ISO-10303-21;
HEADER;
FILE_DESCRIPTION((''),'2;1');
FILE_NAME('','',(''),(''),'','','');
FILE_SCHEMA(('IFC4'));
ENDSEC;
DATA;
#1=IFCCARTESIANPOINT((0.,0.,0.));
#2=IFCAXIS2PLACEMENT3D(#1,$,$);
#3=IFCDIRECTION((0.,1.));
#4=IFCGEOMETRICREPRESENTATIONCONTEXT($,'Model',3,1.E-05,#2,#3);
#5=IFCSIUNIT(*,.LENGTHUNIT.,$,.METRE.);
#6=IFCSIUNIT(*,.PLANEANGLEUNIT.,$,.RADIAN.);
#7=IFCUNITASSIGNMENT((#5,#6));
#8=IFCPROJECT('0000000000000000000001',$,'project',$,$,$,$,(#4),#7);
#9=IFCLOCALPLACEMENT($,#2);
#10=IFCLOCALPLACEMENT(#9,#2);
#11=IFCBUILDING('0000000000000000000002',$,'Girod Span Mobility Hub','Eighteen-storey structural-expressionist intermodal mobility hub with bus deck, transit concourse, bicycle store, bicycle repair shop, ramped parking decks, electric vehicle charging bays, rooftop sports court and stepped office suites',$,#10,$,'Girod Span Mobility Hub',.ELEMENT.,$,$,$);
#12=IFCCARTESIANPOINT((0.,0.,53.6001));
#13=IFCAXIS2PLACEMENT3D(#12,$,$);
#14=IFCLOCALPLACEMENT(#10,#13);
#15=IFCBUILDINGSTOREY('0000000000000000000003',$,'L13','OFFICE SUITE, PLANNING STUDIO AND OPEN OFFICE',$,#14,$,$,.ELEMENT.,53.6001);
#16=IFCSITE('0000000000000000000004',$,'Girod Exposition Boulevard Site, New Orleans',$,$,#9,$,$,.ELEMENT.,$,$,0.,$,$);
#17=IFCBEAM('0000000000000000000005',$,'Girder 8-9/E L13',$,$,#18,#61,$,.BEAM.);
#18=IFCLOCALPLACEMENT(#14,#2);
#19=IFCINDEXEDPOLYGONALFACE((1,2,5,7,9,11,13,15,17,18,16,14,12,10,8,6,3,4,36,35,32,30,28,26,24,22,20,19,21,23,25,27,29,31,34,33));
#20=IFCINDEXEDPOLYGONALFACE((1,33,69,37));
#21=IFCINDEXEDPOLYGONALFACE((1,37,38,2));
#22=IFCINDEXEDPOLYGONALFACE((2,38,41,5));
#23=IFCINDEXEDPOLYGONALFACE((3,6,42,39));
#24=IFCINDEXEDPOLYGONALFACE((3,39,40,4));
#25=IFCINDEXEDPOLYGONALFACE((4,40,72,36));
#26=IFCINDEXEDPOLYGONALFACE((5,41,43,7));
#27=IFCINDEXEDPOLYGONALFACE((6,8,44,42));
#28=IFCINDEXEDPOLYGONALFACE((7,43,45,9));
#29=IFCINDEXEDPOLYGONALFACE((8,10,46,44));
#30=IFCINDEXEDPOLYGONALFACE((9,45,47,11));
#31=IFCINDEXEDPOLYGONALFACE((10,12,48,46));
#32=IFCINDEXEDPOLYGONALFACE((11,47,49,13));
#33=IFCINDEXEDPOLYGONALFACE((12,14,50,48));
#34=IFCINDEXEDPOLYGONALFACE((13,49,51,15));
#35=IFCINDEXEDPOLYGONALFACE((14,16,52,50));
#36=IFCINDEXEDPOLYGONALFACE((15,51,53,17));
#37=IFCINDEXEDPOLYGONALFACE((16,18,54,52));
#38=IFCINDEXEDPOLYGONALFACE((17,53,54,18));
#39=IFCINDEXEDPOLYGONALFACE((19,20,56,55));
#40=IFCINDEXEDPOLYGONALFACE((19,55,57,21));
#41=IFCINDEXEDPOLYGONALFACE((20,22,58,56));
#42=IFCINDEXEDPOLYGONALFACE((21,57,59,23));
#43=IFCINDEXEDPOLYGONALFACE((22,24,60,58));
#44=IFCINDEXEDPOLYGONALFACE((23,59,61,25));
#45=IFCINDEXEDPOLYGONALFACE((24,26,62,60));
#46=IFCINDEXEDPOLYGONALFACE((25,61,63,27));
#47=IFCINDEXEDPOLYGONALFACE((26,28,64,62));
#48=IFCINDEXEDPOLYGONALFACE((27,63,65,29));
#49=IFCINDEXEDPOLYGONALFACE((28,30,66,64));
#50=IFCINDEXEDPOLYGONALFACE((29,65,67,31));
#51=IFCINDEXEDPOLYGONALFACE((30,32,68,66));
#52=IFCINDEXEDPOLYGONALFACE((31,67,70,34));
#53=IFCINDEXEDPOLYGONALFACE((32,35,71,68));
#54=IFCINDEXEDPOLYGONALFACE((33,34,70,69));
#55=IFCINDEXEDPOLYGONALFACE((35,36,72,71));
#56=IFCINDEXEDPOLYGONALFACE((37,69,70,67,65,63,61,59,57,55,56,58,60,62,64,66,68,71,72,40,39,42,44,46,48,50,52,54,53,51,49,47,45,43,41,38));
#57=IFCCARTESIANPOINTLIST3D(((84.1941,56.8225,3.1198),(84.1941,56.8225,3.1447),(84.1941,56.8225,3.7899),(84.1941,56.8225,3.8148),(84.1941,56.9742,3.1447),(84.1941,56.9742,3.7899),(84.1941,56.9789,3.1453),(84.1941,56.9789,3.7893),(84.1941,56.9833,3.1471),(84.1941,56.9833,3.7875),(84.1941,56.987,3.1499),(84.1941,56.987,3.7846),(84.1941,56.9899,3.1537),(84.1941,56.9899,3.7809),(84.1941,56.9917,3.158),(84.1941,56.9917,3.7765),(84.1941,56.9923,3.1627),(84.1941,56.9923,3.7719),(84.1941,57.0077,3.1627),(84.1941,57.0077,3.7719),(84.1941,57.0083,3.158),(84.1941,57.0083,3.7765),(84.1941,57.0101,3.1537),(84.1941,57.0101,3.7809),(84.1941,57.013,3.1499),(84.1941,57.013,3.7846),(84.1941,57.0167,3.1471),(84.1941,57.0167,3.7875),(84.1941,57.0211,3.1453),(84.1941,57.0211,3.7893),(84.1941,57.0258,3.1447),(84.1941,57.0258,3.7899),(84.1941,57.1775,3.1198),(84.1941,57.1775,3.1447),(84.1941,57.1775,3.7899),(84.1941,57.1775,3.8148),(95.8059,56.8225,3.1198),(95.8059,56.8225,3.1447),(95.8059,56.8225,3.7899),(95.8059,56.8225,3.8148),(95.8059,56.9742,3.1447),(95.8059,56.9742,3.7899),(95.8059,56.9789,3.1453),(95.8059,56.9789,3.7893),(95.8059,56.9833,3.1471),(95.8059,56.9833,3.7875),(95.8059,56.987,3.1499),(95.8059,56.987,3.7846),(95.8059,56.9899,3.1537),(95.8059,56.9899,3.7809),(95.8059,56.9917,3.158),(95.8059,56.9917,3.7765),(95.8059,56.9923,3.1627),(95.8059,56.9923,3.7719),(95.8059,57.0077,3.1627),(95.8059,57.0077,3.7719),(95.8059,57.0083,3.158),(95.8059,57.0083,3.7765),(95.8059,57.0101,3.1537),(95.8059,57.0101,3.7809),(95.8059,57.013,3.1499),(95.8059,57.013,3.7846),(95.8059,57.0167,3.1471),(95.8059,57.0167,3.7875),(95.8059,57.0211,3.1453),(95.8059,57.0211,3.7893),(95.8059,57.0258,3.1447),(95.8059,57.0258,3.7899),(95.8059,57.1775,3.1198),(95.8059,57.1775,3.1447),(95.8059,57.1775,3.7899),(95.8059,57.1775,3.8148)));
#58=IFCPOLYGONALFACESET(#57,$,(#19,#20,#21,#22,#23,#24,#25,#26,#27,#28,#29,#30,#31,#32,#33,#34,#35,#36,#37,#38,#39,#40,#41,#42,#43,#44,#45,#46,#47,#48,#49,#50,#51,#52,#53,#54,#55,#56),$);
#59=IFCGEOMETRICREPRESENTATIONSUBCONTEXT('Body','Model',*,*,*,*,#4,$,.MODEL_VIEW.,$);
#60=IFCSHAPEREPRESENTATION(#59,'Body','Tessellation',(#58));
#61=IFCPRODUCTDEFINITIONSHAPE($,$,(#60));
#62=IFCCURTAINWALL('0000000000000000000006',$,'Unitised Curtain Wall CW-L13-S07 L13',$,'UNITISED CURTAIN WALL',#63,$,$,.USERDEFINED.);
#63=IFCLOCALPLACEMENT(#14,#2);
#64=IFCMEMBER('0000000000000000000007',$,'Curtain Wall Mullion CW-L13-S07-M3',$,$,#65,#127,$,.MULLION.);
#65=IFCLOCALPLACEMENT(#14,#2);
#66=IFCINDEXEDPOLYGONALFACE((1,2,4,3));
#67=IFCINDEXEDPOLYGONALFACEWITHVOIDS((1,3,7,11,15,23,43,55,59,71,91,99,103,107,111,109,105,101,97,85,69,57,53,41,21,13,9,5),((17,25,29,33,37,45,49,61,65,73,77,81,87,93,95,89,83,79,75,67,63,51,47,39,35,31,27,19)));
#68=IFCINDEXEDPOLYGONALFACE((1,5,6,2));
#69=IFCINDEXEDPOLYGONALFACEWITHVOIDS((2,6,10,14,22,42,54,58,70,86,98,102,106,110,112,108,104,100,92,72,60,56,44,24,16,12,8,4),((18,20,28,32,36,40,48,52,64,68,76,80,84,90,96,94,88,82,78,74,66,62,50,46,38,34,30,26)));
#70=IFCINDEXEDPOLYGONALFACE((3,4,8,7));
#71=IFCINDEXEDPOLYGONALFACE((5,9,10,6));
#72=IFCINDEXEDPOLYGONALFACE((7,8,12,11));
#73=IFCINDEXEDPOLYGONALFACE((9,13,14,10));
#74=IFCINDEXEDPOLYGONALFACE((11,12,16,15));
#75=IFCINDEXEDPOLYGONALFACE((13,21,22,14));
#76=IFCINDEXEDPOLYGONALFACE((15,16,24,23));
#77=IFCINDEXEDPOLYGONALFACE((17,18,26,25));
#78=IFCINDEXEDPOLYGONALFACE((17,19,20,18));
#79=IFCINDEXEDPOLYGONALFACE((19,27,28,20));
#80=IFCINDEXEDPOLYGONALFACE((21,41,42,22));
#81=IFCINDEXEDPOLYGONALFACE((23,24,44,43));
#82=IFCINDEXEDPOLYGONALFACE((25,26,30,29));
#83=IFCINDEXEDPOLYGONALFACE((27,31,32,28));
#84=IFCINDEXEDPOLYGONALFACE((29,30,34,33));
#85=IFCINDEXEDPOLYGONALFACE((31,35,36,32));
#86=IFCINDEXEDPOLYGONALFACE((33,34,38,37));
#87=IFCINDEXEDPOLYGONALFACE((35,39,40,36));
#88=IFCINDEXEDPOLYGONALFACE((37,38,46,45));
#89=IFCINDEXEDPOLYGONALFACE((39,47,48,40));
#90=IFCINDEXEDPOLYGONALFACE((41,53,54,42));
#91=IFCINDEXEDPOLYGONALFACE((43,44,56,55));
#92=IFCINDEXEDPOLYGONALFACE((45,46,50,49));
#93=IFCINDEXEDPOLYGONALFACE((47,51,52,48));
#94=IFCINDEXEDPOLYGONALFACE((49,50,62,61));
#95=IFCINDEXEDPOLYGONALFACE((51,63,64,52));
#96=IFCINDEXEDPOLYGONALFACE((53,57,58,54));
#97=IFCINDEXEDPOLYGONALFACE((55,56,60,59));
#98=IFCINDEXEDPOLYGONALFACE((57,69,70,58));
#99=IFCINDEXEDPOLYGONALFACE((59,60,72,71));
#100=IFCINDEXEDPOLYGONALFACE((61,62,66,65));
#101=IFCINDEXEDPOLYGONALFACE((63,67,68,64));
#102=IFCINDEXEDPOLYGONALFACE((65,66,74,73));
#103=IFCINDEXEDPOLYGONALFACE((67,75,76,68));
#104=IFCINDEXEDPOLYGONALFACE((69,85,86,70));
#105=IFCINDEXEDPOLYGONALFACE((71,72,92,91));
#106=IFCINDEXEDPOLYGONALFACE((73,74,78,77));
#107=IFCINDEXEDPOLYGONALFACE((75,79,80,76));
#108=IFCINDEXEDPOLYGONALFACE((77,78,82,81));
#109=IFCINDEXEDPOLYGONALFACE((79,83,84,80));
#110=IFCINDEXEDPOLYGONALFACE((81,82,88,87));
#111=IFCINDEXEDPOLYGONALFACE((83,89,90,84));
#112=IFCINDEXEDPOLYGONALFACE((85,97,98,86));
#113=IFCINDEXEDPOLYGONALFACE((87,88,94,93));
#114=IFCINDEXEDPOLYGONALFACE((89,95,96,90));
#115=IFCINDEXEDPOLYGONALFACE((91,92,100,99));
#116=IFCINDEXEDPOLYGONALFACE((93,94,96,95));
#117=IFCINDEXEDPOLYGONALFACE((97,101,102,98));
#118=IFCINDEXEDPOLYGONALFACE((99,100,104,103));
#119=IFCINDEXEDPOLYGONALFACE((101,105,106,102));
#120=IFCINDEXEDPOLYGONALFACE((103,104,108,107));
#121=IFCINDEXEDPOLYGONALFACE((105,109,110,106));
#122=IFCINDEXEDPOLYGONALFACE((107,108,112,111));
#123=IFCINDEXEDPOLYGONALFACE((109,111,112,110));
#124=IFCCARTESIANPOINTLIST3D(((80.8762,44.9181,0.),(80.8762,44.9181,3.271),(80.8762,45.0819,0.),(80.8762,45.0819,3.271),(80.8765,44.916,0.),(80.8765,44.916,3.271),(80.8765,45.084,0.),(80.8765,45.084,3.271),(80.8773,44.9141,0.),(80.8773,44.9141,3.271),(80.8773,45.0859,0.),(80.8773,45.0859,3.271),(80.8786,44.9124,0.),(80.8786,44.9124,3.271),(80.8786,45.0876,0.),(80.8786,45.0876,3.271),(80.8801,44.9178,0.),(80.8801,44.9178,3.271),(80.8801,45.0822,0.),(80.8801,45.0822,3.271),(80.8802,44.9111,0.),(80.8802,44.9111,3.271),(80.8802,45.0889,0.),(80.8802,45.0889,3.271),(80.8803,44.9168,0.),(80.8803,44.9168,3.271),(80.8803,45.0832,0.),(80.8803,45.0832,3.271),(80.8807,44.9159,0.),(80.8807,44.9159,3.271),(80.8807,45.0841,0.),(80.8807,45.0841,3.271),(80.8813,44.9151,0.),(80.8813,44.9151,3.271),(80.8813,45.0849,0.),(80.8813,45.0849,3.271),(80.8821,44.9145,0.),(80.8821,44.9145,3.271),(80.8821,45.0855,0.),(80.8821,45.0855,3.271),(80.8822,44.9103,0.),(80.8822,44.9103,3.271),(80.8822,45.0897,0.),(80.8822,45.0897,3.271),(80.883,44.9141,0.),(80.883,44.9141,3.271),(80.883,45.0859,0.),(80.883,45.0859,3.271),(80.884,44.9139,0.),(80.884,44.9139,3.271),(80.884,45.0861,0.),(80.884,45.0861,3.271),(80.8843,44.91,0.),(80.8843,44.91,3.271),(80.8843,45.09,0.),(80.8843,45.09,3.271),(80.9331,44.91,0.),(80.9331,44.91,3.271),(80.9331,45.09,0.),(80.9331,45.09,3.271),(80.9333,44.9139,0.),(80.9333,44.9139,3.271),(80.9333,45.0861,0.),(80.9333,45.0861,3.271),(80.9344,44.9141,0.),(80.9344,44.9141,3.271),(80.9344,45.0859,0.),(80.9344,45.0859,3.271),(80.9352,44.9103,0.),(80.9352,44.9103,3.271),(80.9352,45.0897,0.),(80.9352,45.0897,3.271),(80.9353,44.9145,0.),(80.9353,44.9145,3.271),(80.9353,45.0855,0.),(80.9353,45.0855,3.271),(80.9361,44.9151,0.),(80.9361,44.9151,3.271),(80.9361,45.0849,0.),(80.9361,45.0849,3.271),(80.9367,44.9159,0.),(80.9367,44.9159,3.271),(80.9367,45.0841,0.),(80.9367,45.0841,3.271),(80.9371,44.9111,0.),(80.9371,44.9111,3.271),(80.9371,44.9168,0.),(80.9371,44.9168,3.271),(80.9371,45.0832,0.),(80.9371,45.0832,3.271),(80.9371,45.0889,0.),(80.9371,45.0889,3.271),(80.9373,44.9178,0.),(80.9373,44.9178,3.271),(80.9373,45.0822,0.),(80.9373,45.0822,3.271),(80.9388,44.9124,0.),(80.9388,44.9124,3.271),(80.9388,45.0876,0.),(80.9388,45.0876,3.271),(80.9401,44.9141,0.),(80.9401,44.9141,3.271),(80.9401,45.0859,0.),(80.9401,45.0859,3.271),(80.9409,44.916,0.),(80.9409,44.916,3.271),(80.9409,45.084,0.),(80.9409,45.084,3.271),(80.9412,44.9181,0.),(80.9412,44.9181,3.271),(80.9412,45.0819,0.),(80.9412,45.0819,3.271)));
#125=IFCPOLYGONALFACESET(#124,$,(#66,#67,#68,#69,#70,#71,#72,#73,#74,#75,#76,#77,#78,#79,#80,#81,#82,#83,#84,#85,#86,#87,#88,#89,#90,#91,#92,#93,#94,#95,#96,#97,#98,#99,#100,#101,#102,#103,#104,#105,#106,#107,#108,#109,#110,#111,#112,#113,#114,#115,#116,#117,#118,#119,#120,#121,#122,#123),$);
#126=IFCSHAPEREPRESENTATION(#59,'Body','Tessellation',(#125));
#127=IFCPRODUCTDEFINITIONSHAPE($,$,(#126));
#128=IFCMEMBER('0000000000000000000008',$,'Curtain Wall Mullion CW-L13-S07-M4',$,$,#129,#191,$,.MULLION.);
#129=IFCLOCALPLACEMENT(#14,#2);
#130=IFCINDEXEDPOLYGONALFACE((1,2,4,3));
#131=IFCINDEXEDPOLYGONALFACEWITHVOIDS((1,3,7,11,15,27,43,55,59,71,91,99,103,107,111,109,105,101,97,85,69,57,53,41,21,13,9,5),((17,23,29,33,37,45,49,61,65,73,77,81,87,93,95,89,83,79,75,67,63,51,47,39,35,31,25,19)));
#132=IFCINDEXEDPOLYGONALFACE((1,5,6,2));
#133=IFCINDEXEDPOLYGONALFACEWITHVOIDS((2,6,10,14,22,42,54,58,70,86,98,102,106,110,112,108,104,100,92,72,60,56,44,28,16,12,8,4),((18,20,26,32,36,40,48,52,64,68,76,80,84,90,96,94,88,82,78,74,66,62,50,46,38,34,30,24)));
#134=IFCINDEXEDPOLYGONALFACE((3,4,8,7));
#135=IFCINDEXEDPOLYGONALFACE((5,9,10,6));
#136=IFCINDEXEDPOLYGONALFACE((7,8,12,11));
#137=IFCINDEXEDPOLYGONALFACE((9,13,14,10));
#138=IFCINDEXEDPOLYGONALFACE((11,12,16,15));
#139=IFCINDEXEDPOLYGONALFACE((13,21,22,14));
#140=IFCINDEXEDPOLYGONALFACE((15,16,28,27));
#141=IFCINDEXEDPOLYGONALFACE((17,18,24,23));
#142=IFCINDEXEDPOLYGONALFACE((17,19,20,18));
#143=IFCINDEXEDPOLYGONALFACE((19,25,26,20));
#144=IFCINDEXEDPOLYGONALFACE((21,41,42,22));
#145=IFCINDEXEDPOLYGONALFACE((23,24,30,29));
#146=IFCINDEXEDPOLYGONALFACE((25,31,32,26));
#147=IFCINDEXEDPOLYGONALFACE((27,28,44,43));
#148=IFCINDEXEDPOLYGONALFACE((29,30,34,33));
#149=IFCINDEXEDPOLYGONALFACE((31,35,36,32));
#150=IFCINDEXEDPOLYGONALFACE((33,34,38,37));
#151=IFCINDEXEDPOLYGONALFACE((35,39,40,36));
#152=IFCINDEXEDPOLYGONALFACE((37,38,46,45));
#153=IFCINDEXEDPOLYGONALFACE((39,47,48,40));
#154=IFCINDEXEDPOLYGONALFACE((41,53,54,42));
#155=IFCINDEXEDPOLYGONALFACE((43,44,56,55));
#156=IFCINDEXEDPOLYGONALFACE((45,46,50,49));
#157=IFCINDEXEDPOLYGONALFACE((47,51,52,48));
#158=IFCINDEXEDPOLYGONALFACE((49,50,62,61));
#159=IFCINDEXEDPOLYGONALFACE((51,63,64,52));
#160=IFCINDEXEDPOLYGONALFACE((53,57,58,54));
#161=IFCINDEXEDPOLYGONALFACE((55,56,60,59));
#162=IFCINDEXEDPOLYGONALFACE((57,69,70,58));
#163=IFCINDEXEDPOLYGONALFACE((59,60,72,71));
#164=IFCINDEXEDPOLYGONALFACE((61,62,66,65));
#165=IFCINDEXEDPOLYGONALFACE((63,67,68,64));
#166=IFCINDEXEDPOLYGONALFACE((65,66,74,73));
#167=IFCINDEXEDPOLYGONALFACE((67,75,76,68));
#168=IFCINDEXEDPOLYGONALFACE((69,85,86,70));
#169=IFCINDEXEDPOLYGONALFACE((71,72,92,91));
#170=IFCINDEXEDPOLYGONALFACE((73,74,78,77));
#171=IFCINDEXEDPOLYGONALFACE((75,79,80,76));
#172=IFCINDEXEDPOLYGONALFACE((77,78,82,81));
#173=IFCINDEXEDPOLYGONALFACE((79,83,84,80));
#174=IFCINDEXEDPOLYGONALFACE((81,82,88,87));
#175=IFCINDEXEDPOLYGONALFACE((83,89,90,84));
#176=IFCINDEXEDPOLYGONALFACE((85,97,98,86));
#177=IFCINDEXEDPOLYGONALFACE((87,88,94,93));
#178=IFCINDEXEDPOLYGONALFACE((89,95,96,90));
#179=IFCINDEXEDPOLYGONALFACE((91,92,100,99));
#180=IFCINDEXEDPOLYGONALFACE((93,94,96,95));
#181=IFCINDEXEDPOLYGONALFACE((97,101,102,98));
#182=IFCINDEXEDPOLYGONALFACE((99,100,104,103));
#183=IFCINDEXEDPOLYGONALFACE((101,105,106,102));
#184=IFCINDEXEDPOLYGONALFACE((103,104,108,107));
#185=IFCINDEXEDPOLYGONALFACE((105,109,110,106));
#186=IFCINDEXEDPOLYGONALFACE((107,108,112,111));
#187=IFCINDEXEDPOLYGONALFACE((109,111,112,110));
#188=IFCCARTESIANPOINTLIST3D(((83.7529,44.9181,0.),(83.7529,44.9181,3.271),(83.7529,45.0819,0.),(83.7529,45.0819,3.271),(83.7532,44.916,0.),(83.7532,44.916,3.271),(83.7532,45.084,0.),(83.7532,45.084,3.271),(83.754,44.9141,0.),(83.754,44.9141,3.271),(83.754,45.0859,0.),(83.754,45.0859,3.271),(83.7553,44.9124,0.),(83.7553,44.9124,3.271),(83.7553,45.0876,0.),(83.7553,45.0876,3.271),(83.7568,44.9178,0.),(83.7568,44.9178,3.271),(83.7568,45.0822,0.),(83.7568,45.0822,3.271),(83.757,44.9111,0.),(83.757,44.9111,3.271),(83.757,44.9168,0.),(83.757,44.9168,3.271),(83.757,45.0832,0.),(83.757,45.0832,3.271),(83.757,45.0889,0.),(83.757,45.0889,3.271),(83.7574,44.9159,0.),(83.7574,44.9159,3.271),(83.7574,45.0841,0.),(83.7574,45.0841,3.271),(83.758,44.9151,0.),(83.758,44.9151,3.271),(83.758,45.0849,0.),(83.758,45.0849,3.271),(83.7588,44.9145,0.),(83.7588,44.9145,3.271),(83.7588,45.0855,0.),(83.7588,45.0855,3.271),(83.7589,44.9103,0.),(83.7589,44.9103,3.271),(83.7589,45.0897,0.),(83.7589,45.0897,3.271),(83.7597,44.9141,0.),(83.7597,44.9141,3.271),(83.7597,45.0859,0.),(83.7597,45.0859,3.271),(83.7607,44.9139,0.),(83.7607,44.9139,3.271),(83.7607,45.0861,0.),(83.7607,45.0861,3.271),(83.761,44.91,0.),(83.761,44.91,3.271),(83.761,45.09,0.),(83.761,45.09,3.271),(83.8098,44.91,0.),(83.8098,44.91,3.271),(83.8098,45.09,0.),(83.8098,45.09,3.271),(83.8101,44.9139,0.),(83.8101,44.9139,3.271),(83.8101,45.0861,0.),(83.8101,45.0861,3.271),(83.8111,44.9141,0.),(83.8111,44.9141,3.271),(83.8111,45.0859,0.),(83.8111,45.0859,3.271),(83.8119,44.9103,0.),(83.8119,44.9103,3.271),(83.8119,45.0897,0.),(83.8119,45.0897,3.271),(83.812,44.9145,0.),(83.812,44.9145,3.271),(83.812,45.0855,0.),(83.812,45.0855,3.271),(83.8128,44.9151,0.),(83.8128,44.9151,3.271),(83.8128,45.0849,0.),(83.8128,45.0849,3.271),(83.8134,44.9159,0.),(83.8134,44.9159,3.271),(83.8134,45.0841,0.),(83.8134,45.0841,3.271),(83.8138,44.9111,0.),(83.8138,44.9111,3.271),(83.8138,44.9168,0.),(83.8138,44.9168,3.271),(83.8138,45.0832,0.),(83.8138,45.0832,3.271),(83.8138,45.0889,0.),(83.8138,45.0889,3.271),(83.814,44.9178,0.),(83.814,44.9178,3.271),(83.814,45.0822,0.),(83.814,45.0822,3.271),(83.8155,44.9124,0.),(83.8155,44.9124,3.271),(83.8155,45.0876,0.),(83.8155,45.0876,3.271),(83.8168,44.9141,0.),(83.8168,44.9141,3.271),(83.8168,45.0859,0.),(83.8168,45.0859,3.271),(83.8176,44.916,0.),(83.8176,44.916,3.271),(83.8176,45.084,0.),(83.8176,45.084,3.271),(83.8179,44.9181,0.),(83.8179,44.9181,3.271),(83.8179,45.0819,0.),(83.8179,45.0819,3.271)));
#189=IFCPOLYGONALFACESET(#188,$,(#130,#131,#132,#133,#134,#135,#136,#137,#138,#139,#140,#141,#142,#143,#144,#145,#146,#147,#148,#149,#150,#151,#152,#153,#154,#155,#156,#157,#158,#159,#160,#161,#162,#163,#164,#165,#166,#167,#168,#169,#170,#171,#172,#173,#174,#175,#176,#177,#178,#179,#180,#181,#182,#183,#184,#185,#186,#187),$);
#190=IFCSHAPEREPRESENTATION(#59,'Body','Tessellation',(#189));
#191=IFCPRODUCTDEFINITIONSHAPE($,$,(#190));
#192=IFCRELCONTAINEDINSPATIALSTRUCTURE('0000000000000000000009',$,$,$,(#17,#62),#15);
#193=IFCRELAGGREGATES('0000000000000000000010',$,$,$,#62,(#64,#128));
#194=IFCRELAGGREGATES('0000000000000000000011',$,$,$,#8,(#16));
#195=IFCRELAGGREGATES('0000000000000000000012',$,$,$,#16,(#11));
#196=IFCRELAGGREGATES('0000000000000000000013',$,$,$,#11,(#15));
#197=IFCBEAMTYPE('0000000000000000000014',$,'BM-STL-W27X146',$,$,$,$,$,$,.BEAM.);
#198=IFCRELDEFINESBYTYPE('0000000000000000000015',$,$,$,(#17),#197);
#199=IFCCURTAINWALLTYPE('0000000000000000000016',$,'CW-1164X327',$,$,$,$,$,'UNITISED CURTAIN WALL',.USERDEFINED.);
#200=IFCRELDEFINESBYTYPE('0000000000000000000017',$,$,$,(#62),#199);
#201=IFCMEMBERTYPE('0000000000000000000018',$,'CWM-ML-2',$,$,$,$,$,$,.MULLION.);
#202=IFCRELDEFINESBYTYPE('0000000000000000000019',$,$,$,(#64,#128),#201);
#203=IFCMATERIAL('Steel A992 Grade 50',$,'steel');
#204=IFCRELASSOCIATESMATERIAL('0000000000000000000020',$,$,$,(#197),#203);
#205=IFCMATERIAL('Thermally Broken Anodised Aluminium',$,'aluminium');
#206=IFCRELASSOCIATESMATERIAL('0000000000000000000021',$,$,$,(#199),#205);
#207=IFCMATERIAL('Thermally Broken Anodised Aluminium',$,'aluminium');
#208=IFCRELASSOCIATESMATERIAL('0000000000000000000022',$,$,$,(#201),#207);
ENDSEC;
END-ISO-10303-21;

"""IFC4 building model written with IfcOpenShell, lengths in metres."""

from ifc_helpers import new_model, si_unit, direction, frame, origin, origin_2d, place, context, subcontext, project, spatial, hollow_rectangle, i_section, extrude, material, material_profile, profile_set, type_object, element, aggregate, save


model = new_model("IFC4")

# Units and contexts
model_context = context("Model", 3, precision=1e-05, world=origin(), true_north=direction((0.0, 1.0)))
body_context = subcontext(model_context, "Body", "Model", "MODEL_VIEW")
ifc_project = project(units=[si_unit("LENGTHUNIT", "METRE"), si_unit("PLANEANGLEUNIT", "RADIAN")], contexts=[model_context])

# Site, building, storey
site_placement = place(None, origin())
site = spatial("IfcSite", under=ifc_project, at=site_placement, Name="Girod Exposition Boulevard Site, New Orleans", CompositionType="ELEMENT", RefElevation=0.0)
building_placement = place(site_placement, origin())
building = spatial("IfcBuilding", under=site, at=building_placement, Name="Girod Span Mobility Hub", Description="Eighteen-storey structural-expressionist intermodal mobility hub with bus deck, transit concourse, bicycle store, bicycle repair shop, ramped parking decks, electric vehicle charging bays, rooftop sports court and stepped office suites", LongName="Girod Span Mobility Hub", CompositionType="ELEMENT")
storey_placement = place(building_placement, frame((0.0, 0.0, 53.6001)))
storey = spatial("IfcBuildingStorey", under=building, at=storey_placement, Name="L13", Description="OFFICE SUITE, PLANNING STUDIO AND OPEN OFFICE", CompositionType="ELEMENT", Elevation=53.6001)

# Beam
ifc_material_1 = material(Name="Steel A992 Grade 50", Category="steel")
ifc_material_profile_1 = material_profile(ifc_material_1, i_section(OverallWidth=0.355, OverallDepth=0.6951, WebThickness=0.0154, FlangeThickness=0.0249, FilletRadius=0.0181, at=origin_2d()), Name="W27X146")
ifc_profile_set_1 = profile_set([ifc_material_profile_1], Name="Steel A992 Grade 50")
beam_type_1 = type_object("IfcBeamType", Name="BM-STL-W27X146", PredefinedType="BEAM", material=ifc_profile_set_1)
beam_1_placement = place(storey_placement, frame((84.1941, 57.0, 3.4673), z_axis=(1.0, 0.0, 0.0), x_axis=(0.0, 1.0, 0.0)))
element("IfcBeam", 1, at=beam_1_placement, inside=storey, type_object=beam_type_1, Name="Girder 8-9/E L13", PredefinedType="BEAM", context=body_context, shape_type="SweptSolid", body=[
    extrude(i_section(OverallWidth=0.355, OverallDepth=0.6951, WebThickness=0.0154, FlangeThickness=0.0249, FilletRadius=0.0181, at=origin_2d()), origin(), (0.0, 0.0, 1.0), 11.6118),
])

# Curtain wall, members
ifc_material_2 = material(Name="Thermally Broken Anodised Aluminium", Category="aluminium")
curtain_wall_type = type_object("IfcCurtainWallType", Name="CW-1164X327", ElementType="UNITISED CURTAIN WALL", PredefinedType="USERDEFINED", material=ifc_material_2)
curtain_wall_1_placement = place(storey_placement, origin())
curtain_wall_1 = element("IfcCurtainWall", 2, at=curtain_wall_1_placement, inside=storey, type_object=curtain_wall_type, Name="Unitised Curtain Wall CW-L13-S07 L13", ObjectType="UNITISED CURTAIN WALL", PredefinedType="USERDEFINED")
ifc_material_3 = material(Name="Thermally Broken Anodised Aluminium", Category="aluminium")
ifc_material_profile_2 = material_profile(ifc_material_3, hollow_rectangle(XDim=0.1799, YDim=0.0649, WallThickness=0.0039, InnerFilletRadius=0.0039, OuterFilletRadius=0.0081, at=origin_2d()), Name="CW-ML-65X180")
ifc_profile_set_2 = profile_set([ifc_material_profile_2], Name="Thermally Broken Anodised Aluminium")
member_type_1 = type_object("IfcMemberType", Name="CWM-ML-2", PredefinedType="MULLION", material=ifc_profile_set_2)
member_1_placement = place(storey_placement, frame((80.9087, 45.0, 0.0), z_axis=(0.0, 0.0, 1.0), x_axis=(0.0, 1.0, 0.0)))
member_1 = element("IfcMember", 3, at=member_1_placement, type_object=member_type_1, Name="Curtain Wall Mullion CW-L13-S07-M3", PredefinedType="MULLION", context=body_context, shape_type="SweptSolid", body=[
    extrude(hollow_rectangle(XDim=0.1799, YDim=0.0649, WallThickness=0.0039, InnerFilletRadius=0.0039, OuterFilletRadius=0.0081, at=origin_2d()), origin(), (0.0, 0.0, 1.0), 3.271),
])
member_2_placement = place(storey_placement, frame((83.7854, 45.0, 0.0), z_axis=(0.0, 0.0, 1.0), x_axis=(0.0, 1.0, 0.0)))
member_2 = element("IfcMember", 4, at=member_2_placement, type_object=member_type_1, Name="Curtain Wall Mullion CW-L13-S07-M4", PredefinedType="MULLION", context=body_context, shape_type="SweptSolid", body=[
    extrude(hollow_rectangle(XDim=0.1799, YDim=0.0649, WallThickness=0.0039, InnerFilletRadius=0.0039, OuterFilletRadius=0.0081, at=origin_2d()), origin(), (0.0, 0.0, 1.0), 3.271),
])

aggregate(curtain_wall_1, [member_1, member_2])

save(model, "model.ifc")
